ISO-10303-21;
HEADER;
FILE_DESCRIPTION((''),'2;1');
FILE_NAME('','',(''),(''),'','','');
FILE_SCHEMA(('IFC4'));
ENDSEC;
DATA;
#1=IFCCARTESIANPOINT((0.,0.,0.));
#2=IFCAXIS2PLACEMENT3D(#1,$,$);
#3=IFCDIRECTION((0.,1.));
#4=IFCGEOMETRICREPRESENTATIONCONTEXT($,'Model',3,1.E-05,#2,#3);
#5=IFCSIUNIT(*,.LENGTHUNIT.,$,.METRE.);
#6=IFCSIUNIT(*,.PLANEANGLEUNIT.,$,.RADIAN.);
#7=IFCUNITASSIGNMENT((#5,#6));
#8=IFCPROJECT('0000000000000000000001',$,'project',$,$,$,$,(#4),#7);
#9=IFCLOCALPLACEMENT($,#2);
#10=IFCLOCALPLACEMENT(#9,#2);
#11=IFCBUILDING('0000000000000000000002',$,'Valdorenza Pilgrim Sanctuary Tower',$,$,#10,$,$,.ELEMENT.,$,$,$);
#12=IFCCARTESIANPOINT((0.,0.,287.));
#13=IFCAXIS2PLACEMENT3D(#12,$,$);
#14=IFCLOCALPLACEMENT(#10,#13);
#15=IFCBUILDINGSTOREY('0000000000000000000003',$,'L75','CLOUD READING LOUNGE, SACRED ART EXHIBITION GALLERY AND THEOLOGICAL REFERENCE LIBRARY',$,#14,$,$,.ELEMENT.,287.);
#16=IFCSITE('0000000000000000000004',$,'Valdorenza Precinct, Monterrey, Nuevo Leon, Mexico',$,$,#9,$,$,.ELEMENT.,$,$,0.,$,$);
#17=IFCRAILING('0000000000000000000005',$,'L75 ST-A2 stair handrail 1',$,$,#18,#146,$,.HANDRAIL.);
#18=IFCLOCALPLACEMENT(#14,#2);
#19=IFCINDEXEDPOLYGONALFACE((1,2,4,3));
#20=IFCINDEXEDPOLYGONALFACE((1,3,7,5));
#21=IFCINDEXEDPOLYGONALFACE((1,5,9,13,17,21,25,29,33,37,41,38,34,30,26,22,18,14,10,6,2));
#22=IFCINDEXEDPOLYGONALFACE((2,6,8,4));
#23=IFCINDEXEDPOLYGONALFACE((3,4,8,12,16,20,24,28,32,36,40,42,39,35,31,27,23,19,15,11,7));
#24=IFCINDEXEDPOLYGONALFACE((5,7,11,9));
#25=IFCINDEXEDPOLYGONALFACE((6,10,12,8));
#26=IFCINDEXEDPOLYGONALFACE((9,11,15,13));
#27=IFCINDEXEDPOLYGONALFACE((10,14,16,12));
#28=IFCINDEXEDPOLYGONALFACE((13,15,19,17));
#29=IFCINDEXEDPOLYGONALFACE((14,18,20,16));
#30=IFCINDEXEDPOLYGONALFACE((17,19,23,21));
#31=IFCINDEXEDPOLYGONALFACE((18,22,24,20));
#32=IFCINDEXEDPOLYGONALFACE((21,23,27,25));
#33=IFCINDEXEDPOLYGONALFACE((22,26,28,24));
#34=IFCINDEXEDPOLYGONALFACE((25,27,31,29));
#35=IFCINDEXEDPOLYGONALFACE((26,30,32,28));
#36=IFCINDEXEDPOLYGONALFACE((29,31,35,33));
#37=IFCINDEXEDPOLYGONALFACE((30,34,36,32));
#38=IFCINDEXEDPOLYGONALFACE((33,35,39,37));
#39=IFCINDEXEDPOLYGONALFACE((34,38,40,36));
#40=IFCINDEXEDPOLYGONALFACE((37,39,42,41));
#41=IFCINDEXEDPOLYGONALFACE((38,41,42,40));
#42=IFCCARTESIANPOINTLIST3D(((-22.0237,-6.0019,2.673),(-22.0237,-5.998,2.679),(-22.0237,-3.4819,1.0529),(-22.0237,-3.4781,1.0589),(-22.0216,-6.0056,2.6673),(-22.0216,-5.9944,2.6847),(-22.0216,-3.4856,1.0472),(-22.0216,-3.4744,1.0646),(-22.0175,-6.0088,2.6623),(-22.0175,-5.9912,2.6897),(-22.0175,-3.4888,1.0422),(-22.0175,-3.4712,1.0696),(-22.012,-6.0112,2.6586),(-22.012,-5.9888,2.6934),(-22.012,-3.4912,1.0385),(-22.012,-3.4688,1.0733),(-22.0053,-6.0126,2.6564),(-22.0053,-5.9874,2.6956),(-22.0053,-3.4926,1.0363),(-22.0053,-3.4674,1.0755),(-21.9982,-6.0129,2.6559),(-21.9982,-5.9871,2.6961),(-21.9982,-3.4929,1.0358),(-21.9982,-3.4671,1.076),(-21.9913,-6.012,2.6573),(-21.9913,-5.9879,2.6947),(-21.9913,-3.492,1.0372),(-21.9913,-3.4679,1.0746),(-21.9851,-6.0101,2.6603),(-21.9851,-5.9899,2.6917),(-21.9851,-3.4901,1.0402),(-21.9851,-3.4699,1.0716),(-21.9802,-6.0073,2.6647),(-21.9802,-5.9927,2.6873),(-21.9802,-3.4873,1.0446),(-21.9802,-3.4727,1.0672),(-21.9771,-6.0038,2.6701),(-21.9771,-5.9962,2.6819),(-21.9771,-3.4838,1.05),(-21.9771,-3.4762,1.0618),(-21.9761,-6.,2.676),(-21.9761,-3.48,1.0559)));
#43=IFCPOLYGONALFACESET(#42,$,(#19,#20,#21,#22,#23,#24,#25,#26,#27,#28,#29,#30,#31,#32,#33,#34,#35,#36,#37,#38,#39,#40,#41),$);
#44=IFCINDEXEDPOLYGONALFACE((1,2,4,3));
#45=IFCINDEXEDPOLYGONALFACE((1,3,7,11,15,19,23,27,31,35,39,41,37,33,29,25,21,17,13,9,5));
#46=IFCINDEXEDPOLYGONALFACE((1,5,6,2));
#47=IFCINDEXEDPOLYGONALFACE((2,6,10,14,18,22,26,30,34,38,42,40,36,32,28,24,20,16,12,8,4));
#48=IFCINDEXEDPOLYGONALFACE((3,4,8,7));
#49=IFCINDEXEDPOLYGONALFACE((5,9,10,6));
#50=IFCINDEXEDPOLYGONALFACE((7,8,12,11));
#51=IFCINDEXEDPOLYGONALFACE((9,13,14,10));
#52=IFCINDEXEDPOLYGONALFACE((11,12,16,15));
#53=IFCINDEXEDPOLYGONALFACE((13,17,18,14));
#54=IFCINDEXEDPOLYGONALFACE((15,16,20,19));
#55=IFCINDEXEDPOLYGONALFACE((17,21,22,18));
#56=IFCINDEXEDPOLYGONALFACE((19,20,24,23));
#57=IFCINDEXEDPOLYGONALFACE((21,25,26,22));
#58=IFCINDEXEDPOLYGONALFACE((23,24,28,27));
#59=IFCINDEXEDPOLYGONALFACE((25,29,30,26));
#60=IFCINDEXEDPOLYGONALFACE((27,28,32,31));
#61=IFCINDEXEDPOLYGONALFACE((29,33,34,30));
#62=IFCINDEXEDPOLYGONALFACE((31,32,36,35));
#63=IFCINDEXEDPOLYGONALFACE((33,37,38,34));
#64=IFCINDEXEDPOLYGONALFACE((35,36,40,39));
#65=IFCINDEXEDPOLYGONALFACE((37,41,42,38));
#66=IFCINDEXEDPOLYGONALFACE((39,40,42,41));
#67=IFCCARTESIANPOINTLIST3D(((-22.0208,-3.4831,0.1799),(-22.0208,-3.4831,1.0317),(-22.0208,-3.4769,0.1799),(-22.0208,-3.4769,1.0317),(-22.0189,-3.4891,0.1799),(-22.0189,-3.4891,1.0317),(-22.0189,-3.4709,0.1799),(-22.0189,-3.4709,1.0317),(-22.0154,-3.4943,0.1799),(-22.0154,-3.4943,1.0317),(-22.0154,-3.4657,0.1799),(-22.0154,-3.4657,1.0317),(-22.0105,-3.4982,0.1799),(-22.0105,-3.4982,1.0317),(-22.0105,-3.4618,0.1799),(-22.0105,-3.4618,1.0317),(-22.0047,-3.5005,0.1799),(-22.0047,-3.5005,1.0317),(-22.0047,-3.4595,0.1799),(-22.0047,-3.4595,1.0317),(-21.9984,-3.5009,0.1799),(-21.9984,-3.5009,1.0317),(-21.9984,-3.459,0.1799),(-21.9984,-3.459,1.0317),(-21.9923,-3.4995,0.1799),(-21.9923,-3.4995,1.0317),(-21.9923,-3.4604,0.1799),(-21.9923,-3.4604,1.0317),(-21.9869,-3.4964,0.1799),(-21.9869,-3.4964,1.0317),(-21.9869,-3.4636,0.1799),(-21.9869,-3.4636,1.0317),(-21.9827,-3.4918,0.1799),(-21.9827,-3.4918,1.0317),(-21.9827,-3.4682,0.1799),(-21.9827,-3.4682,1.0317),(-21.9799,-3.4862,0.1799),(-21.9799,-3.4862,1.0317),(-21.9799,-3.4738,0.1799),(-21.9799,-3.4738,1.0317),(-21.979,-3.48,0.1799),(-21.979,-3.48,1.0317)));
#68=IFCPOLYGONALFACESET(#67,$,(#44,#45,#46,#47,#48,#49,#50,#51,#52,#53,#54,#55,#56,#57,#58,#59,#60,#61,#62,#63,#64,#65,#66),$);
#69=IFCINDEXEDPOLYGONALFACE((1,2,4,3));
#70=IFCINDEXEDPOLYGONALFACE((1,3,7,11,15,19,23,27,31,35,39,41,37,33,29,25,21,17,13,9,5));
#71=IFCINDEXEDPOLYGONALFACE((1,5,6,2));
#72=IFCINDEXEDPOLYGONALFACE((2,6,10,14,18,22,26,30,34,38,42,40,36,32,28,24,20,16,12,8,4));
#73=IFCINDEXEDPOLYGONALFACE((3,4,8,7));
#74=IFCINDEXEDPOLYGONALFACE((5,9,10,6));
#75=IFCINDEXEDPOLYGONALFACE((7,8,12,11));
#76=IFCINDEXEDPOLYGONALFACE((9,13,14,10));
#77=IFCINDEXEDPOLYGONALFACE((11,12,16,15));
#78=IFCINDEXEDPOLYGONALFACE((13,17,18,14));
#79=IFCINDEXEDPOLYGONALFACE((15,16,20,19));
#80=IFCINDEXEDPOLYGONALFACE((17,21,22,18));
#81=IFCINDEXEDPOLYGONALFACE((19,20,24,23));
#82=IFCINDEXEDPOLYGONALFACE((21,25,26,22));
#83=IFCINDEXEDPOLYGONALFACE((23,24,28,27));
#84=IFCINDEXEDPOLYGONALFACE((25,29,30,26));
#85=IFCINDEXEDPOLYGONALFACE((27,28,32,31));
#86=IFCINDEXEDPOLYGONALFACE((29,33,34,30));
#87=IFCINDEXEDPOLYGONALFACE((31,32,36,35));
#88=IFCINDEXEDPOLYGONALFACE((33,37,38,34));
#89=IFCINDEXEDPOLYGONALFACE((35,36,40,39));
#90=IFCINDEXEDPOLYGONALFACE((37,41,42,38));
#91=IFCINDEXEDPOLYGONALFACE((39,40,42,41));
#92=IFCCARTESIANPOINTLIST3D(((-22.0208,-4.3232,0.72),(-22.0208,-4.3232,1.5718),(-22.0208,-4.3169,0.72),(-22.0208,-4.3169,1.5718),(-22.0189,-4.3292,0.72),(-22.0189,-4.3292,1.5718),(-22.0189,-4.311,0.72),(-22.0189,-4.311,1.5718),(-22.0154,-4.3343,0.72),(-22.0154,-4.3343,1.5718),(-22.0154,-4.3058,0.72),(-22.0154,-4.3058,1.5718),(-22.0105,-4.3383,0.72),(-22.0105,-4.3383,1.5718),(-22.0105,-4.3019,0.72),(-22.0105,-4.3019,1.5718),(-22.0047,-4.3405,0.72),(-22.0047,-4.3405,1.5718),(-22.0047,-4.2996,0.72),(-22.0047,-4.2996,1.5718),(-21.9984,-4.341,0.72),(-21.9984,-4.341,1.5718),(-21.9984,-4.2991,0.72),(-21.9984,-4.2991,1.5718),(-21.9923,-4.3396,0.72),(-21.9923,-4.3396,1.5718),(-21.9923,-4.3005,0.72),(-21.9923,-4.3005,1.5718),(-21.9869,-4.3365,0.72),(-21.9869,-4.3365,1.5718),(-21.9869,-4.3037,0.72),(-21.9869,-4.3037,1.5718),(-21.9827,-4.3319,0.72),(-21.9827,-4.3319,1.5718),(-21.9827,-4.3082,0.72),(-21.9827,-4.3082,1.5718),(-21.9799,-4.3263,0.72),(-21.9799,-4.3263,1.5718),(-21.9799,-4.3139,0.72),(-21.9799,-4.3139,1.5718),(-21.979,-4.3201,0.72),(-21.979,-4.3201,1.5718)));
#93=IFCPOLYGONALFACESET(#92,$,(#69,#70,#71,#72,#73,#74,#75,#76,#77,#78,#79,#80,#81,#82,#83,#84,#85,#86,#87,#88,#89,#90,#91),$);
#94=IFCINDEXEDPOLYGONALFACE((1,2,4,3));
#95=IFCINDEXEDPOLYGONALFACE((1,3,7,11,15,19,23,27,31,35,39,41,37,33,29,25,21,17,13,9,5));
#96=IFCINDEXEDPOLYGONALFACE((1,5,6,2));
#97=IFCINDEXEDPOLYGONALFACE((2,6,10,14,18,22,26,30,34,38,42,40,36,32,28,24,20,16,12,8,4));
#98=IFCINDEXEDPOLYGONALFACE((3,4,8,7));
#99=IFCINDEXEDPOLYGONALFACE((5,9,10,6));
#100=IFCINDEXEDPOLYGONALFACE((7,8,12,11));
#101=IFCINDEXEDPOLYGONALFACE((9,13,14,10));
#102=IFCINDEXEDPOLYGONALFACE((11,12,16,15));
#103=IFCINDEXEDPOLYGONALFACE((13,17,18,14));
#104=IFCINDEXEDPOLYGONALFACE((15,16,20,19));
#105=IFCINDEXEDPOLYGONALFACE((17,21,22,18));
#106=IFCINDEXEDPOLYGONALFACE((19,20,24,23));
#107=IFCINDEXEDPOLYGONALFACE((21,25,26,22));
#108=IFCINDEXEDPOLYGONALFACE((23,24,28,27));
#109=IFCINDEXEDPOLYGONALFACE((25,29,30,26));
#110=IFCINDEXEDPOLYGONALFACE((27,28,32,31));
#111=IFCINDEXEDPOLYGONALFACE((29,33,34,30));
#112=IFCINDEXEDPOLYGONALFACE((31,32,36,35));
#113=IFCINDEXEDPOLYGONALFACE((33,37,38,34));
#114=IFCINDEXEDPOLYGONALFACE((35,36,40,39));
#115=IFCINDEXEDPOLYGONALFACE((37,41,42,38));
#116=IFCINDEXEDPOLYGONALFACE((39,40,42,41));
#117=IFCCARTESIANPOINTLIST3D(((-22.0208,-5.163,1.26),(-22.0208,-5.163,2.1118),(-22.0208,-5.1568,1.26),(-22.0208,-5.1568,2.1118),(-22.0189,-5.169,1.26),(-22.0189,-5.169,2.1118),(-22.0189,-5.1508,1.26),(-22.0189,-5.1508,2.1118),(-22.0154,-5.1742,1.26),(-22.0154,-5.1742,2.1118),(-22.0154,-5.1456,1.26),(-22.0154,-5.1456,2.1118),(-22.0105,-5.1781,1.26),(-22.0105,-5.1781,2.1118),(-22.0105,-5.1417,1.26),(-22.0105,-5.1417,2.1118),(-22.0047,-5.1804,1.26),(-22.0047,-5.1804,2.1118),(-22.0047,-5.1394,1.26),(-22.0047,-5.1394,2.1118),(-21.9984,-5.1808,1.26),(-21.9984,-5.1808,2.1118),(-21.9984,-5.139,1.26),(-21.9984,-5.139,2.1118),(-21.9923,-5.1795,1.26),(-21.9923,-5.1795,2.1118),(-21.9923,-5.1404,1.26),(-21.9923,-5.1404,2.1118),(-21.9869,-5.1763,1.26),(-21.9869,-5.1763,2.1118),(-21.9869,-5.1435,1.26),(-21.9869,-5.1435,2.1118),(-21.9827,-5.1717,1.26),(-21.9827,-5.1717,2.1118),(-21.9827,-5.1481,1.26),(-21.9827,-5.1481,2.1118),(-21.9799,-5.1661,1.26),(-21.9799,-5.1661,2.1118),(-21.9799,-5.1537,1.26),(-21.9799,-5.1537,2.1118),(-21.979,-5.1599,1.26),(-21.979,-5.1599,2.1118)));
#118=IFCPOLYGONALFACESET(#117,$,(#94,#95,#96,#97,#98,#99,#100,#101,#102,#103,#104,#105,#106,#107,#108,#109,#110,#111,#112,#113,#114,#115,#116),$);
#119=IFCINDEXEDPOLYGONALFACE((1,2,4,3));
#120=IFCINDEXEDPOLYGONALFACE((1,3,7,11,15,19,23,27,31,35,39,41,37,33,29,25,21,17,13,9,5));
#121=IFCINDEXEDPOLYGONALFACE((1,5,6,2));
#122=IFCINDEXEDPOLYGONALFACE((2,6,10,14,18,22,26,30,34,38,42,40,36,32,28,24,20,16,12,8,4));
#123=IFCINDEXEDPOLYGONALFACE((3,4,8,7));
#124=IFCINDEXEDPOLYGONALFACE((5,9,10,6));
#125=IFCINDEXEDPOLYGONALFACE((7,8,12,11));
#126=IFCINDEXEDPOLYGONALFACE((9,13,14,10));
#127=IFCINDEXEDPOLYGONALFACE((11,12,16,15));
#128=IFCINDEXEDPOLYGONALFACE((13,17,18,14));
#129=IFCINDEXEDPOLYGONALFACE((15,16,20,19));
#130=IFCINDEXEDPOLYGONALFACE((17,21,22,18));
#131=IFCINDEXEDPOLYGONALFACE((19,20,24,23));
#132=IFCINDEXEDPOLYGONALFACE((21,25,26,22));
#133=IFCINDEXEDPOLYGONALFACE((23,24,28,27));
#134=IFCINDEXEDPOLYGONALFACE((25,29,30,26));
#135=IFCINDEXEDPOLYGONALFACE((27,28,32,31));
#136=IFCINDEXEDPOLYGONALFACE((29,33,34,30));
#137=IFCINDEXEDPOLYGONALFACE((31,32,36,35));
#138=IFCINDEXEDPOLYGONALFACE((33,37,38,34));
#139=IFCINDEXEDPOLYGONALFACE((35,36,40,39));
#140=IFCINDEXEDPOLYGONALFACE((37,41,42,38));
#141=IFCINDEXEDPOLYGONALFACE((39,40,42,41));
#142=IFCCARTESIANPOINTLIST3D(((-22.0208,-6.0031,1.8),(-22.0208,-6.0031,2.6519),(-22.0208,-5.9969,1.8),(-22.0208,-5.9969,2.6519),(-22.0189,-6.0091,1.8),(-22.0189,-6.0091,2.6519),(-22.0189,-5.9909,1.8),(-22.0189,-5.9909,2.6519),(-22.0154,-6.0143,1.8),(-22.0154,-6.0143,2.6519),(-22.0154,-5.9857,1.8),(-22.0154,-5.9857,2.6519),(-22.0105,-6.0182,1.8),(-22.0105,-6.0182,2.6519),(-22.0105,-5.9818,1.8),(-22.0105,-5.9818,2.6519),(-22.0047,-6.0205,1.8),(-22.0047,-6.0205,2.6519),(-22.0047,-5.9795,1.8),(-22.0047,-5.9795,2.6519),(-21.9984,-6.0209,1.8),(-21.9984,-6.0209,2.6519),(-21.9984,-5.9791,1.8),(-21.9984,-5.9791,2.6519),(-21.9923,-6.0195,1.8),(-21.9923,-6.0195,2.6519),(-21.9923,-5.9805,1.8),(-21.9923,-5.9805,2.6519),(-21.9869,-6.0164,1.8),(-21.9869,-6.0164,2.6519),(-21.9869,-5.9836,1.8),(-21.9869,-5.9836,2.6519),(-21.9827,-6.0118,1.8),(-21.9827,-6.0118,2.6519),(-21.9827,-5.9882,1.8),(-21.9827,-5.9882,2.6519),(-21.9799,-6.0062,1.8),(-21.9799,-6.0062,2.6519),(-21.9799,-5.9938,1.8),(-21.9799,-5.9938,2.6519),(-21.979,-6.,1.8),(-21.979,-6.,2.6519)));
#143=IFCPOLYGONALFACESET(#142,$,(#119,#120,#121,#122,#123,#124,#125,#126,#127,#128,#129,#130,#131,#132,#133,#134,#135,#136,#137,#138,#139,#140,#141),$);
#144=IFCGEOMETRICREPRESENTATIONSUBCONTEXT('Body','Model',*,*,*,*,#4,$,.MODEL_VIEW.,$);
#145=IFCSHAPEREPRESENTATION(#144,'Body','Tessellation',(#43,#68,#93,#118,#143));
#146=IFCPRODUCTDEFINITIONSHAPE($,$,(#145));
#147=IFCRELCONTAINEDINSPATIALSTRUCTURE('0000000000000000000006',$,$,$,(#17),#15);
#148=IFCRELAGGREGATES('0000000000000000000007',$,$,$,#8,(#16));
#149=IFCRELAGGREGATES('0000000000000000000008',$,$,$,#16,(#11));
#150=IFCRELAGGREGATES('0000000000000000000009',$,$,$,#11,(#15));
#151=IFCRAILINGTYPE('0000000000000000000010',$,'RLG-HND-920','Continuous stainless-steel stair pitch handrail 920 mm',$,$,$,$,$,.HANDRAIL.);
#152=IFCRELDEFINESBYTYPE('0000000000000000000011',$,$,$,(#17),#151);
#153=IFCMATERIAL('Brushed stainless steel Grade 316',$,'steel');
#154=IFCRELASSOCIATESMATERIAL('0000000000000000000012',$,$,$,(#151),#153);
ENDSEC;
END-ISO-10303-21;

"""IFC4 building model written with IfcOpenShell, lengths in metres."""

from ifc_helpers import new_model, si_unit, direction, frame, origin, origin_2d, place, context, subcontext, project, spatial, circle, extrude, material, type_object, element, save


model = new_model("IFC4")

# Units and contexts
model_context = context("Model", 3, precision=1e-05, world=origin(), true_north=direction((0.0, 1.0)))
body_context = subcontext(model_context, "Body", "Model", "MODEL_VIEW")
ifc_project = project(units=[si_unit("LENGTHUNIT", "METRE"), si_unit("PLANEANGLEUNIT", "RADIAN")], contexts=[model_context])

# Site, building, storey
site_placement = place(None, origin())
site = spatial("IfcSite", under=ifc_project, at=site_placement, Name="Valdorenza Precinct, Monterrey, Nuevo Leon, Mexico", CompositionType="ELEMENT", RefElevation=0.0)
building_placement = place(site_placement, origin())
building = spatial("IfcBuilding", under=site, at=building_placement, Name="Valdorenza Pilgrim Sanctuary Tower", CompositionType="ELEMENT")
storey_placement = place(building_placement, frame((0.0, 0.0, 287.0)))
storey = spatial("IfcBuildingStorey", under=building, at=storey_placement, Name="L75", Description="CLOUD READING LOUNGE, SACRED ART EXHIBITION GALLERY AND THEOLOGICAL REFERENCE LIBRARY", CompositionType="ELEMENT", Elevation=287.0)

# Railing
ifc_material_1 = material(Name="Brushed stainless steel Grade 316", Category="steel")
railing_type_1 = type_object("IfcRailingType", Name="RLG-HND-920", Description="Continuous stainless-steel stair pitch handrail 920 mm", PredefinedType="HANDRAIL", material=ifc_material_1)
railing_1_placement = place(storey_placement, frame((-22.0, -3.48, 0.1799)))
element("IfcRailing", 1, at=railing_1_placement, inside=storey, type_object=railing_type_1, Name="L75 ST-A2 stair handrail 1", PredefinedType="HANDRAIL", context=body_context, shape_type="SweptSolid", body=[
    extrude(circle(Radius=0.0239, at=origin_2d()), frame((0.0, 0.0, 0.876), z_axis=(0.0, -0.841163, 0.540782), x_axis=(1.0, 0.0, 0.0)), (0.0, 0.0, 1.0), 2.9958),
    extrude(circle(Radius=0.021, at=origin_2d()), origin(), (0.0, 0.0, 1.0), 0.8518),
    extrude(circle(Radius=0.021, at=origin_2d()), frame((0.0, -0.8401, 0.54)), (0.0, 0.0, 1.0), 0.8518),
    extrude(circle(Radius=0.021, at=origin_2d()), frame((0.0, -1.6799, 1.0801)), (0.0, 0.0, 1.0), 0.8518),
    extrude(circle(Radius=0.021, at=origin_2d()), frame((0.0, -2.52, 1.6201)), (0.0, 0.0, 1.0), 0.8518),
])

save(model, "model.ifc")
